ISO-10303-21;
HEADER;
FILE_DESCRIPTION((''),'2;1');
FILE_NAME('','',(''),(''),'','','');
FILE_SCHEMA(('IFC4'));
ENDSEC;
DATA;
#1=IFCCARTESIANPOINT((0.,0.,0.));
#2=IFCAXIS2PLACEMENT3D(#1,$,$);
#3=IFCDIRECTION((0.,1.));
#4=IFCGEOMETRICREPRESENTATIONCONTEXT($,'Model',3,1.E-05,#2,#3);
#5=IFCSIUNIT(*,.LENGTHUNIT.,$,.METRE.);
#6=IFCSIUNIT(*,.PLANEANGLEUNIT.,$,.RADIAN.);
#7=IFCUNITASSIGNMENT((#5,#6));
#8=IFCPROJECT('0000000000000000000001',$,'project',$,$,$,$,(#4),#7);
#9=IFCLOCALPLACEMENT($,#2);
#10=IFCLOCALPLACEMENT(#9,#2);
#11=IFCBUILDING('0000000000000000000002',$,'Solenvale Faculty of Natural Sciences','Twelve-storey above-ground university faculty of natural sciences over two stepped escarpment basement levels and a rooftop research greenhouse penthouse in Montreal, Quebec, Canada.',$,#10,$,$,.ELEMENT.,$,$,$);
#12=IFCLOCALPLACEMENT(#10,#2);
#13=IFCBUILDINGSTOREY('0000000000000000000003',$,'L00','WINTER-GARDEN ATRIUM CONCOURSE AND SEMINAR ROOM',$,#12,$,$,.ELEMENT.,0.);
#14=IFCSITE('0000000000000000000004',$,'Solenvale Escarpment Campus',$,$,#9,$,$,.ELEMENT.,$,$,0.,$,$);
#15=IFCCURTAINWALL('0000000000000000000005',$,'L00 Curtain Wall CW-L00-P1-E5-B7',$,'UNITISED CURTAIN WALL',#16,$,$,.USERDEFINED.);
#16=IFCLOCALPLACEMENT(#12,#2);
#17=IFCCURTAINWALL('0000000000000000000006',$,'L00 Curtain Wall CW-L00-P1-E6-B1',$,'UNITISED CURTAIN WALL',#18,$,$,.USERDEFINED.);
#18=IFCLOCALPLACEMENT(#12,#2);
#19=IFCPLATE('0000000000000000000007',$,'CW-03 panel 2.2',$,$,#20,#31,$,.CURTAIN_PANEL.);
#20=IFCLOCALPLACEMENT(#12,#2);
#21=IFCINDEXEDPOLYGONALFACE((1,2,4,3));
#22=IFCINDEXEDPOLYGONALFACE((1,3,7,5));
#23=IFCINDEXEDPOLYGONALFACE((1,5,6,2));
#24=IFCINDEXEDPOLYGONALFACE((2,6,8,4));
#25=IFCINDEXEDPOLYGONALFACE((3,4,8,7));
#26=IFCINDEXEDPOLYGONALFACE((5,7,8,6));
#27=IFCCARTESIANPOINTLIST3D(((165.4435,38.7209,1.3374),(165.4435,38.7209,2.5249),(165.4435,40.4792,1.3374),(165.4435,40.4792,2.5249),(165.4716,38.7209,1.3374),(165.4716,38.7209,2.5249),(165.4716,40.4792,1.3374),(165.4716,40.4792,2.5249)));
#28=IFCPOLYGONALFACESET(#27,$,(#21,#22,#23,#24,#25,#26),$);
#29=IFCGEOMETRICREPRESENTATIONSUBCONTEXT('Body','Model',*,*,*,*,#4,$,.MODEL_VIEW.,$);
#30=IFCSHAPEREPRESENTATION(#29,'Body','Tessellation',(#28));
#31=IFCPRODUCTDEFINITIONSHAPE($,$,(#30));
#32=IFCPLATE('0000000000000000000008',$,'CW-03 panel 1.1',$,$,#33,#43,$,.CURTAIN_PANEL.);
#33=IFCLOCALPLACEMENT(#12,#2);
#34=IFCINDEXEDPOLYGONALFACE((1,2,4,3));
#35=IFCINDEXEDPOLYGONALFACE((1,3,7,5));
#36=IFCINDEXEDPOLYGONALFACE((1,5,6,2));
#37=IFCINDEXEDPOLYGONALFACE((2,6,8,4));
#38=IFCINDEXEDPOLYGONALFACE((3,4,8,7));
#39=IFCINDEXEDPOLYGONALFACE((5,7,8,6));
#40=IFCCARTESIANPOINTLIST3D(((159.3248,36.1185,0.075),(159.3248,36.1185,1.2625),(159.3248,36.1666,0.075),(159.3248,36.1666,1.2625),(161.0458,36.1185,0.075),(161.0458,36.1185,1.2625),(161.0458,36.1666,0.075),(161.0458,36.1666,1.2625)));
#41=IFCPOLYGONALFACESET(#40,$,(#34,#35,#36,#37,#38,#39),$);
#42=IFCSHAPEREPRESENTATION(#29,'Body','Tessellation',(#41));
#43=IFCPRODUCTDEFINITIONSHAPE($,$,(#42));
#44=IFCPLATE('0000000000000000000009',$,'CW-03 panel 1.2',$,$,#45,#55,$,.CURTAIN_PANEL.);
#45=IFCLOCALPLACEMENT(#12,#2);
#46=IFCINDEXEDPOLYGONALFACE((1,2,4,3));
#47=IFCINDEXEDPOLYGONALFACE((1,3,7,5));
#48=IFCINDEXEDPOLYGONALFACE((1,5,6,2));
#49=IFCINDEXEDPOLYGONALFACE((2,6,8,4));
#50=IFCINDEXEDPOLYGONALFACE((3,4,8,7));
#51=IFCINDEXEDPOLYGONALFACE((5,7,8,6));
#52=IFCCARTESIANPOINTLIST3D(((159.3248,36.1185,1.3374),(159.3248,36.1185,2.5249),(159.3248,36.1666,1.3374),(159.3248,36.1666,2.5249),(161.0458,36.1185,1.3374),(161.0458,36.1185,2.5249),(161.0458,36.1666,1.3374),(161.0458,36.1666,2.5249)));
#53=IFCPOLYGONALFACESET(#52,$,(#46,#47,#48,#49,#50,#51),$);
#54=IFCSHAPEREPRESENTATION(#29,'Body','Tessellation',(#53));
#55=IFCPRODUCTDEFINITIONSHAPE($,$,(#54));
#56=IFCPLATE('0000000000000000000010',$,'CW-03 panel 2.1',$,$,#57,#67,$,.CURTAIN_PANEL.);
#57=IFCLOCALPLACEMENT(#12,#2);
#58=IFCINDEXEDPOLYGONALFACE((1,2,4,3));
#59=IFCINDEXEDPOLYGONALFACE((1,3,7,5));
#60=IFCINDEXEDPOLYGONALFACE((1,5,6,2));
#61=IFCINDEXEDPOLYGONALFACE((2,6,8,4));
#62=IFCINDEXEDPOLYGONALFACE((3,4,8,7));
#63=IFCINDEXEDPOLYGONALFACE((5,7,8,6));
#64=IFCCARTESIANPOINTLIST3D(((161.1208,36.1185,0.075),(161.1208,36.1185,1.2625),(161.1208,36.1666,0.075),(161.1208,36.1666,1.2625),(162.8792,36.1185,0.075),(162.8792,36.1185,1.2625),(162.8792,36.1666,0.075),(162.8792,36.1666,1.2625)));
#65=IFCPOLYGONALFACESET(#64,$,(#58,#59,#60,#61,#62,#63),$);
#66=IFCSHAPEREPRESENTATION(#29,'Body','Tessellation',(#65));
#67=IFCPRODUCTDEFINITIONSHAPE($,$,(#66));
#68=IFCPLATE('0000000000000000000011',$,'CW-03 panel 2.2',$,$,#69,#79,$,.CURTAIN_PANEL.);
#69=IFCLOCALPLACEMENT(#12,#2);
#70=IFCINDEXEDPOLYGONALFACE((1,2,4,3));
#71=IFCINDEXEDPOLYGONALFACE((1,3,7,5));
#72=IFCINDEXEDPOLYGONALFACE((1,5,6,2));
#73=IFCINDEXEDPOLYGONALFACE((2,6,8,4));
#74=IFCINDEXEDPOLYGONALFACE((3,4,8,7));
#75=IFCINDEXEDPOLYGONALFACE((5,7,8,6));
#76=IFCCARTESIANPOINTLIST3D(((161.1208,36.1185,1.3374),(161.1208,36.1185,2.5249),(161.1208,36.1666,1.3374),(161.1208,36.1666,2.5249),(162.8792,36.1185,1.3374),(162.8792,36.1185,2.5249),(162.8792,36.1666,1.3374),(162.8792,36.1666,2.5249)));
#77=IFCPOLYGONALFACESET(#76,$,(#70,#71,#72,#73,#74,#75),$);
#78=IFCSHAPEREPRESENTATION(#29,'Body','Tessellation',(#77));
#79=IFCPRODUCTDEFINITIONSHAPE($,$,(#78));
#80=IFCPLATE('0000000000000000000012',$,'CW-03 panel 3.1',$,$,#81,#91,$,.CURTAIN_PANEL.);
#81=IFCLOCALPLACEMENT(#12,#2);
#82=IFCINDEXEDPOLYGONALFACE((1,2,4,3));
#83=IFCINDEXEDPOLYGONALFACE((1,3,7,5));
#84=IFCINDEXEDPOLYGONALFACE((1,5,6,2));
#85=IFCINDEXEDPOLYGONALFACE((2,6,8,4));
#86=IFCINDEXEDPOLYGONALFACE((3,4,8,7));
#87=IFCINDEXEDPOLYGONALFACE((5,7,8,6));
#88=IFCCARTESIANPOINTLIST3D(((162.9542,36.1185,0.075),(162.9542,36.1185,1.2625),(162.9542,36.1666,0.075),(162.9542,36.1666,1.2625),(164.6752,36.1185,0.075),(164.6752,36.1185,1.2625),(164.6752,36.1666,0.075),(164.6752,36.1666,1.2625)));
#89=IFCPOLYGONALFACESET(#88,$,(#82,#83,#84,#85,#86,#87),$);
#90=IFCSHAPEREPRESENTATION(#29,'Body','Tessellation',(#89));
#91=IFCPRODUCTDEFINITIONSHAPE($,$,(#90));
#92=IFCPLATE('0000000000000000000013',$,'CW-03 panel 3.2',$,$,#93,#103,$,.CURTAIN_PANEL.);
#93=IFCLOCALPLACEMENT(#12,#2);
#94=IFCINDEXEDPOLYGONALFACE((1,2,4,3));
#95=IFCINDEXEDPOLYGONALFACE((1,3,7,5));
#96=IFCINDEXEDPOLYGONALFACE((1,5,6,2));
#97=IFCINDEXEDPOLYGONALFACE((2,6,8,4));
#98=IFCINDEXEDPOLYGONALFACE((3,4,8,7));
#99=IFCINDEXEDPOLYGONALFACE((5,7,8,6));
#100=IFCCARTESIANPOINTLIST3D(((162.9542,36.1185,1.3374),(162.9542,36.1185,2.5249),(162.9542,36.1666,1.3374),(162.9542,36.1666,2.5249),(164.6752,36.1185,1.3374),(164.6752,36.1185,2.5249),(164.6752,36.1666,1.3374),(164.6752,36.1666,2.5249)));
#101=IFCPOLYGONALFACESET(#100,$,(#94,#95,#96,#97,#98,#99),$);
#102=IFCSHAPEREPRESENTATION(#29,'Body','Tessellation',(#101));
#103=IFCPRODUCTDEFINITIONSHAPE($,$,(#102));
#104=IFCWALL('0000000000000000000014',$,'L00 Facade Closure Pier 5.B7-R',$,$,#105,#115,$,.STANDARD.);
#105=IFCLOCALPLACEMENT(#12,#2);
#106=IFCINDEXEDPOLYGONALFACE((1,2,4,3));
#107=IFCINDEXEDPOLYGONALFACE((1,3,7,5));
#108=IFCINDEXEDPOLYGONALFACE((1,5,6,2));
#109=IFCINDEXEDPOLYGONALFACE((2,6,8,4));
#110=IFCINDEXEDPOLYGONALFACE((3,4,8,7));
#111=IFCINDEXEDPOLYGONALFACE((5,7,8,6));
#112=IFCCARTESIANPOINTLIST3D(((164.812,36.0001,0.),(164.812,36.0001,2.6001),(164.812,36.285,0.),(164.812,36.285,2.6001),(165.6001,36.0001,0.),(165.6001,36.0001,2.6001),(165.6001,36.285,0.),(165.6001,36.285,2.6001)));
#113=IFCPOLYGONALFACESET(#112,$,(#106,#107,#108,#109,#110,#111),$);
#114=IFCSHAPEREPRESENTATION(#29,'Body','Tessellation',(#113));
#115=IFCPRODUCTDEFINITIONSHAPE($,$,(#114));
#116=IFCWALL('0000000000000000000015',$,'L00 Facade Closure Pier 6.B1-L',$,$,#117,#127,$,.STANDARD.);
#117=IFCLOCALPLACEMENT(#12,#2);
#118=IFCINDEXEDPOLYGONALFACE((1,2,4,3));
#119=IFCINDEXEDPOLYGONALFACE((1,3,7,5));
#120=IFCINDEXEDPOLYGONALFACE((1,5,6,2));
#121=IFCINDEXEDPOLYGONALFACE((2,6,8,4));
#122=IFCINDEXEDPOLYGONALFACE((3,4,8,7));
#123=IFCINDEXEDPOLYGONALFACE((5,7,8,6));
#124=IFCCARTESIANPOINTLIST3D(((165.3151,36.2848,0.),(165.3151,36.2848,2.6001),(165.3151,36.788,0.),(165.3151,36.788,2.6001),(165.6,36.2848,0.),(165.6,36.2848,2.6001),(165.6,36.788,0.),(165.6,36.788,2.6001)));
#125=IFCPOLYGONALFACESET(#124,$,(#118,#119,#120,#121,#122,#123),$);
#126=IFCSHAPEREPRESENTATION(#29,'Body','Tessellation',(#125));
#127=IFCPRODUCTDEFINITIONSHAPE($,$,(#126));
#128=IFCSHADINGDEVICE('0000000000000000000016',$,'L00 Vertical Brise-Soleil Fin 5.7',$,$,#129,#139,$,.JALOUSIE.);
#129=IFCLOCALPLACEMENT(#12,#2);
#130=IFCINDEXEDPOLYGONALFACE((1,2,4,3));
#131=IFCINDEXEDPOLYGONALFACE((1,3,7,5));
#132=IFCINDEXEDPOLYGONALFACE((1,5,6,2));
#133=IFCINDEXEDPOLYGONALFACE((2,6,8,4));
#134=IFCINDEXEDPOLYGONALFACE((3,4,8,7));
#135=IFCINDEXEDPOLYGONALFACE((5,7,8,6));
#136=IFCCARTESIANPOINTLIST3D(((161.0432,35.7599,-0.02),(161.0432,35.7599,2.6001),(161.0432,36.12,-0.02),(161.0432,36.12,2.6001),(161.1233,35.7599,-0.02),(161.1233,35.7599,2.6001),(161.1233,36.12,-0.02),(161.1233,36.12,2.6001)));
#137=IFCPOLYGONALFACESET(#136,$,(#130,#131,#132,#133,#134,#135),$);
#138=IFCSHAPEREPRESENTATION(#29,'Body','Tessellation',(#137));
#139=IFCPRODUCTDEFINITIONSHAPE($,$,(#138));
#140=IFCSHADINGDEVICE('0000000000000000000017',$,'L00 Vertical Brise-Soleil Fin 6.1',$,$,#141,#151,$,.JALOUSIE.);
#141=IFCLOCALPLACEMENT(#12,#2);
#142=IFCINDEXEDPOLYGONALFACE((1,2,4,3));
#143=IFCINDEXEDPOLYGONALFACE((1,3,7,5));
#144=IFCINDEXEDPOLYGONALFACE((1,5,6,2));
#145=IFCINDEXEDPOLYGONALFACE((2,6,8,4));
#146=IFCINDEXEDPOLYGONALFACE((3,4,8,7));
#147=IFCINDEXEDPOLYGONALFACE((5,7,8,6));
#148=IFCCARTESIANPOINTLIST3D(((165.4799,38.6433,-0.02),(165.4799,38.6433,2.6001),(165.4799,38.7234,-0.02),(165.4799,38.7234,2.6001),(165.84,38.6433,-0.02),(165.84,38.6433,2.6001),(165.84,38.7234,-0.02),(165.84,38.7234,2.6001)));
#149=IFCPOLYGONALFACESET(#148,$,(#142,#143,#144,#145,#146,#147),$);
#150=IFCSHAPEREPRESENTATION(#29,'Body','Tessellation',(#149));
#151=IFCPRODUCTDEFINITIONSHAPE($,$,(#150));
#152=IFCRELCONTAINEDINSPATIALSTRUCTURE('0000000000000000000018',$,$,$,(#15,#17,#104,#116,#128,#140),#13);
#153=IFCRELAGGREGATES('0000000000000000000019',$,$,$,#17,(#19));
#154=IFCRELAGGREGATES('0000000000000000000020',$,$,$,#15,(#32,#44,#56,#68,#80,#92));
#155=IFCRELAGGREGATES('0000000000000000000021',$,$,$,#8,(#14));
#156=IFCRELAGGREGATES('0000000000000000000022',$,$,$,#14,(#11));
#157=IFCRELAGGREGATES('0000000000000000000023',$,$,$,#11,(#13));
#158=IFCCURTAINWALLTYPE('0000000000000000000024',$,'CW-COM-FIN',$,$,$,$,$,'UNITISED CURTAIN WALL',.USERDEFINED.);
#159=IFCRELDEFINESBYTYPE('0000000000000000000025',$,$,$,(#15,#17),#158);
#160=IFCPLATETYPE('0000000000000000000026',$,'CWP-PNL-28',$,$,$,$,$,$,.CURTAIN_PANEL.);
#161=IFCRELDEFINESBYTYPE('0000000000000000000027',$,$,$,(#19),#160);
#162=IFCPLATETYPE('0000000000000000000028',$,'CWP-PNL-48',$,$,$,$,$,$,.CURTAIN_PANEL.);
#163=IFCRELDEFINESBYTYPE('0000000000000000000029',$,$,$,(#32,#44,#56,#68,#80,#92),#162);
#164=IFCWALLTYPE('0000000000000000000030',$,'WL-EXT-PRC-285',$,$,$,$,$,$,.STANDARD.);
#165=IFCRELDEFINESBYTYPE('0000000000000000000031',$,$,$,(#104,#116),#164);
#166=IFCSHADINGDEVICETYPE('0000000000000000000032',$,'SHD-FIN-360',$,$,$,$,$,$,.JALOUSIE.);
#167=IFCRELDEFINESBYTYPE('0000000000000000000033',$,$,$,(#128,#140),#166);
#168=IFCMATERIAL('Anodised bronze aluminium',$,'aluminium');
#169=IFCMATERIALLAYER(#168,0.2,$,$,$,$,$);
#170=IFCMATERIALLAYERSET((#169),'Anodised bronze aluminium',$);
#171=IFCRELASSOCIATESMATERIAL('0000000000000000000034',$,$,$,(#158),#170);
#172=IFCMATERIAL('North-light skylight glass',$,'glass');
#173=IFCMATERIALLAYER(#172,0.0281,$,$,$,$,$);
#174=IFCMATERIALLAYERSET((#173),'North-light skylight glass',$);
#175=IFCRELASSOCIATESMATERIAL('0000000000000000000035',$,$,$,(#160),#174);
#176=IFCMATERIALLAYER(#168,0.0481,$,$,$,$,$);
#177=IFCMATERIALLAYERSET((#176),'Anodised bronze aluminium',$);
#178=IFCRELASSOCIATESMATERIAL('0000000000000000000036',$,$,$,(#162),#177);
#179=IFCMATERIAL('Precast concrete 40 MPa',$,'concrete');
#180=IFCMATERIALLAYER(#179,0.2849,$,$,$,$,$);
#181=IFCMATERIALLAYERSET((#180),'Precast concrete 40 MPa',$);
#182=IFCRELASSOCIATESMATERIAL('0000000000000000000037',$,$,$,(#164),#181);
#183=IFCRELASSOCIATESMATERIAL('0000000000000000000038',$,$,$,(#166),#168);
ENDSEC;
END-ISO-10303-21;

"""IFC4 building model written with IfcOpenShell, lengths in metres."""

from ifc_helpers import new_model, si_unit, direction, frame, frame_2d, origin, origin_2d, place, context, subcontext, project, spatial, rectangle, extrude, material, layer, layer_set, material_profile, profile_set, type_object, element, aggregate, save


model = new_model("IFC4")

# Units and contexts
model_context = context("Model", 3, precision=1e-05, world=origin(), true_north=direction((0.0, 1.0)))
body_context = subcontext(model_context, "Body", "Model", "MODEL_VIEW")
ifc_project = project(units=[si_unit("LENGTHUNIT", "METRE"), si_unit("PLANEANGLEUNIT", "RADIAN")], contexts=[model_context])

# Site, building, storey
site_placement = place(None, origin())
site = spatial("IfcSite", under=ifc_project, at=site_placement, Name="Solenvale Escarpment Campus", CompositionType="ELEMENT", RefElevation=0.0)
building_placement = place(site_placement, origin())
building = spatial("IfcBuilding", under=site, at=building_placement, Name="Solenvale Faculty of Natural Sciences", Description="Twelve-storey above-ground university faculty of natural sciences over two stepped escarpment basement levels and a rooftop research greenhouse penthouse in Montreal, Quebec, Canada.", CompositionType="ELEMENT")
storey_placement = place(building_placement, origin())
storey = spatial("IfcBuildingStorey", under=building, at=storey_placement, Name="L00", Description="WINTER-GARDEN ATRIUM CONCOURSE AND SEMINAR ROOM", CompositionType="ELEMENT", Elevation=0.0)

# Curtain walls
ifc_material_1 = material(Name="Anodised bronze aluminium", Category="aluminium")
ifc_layer_1 = layer(ifc_material_1, 0.2)
ifc_layer_set_1 = layer_set([ifc_layer_1], Name="Anodised bronze aluminium")
curtain_wall_type = type_object("IfcCurtainWallType", Name="CW-COM-FIN", ElementType="UNITISED CURTAIN WALL", PredefinedType="USERDEFINED", material=ifc_layer_set_1)
curtain_wall_1_placement = place(storey_placement, origin())
curtain_wall_1 = element("IfcCurtainWall", 1, at=curtain_wall_1_placement, inside=storey, type_object=curtain_wall_type, Name="L00 Curtain Wall CW-L00-P1-E5-B7", ObjectType="UNITISED CURTAIN WALL", PredefinedType="USERDEFINED")
curtain_wall_2_placement = place(storey_placement, origin())
curtain_wall_2 = element("IfcCurtainWall", 2, at=curtain_wall_2_placement, inside=storey, type_object=curtain_wall_type, Name="L00 Curtain Wall CW-L00-P1-E6-B1", ObjectType="UNITISED CURTAIN WALL", PredefinedType="USERDEFINED")

# Plates
ifc_material_2 = material(Name="North-light skylight glass", Category="glass")
ifc_layer_2 = layer(ifc_material_2, 0.0281)
ifc_layer_set_2 = layer_set([ifc_layer_2], Name="North-light skylight glass")
plate_type_1 = type_object("IfcPlateType", Name="CWP-PNL-28", PredefinedType="CURTAIN_PANEL", material=ifc_layer_set_2)
plate_1_placement = place(storey_placement, frame((165.4575, 39.6001, 1.3374), z_axis=(0.0, 0.0, 1.0), x_axis=(0.0, 1.0, 0.0)))
plate_1 = element("IfcPlate", 3, at=plate_1_placement, type_object=plate_type_1, Name="CW-03 panel 2.2", PredefinedType="CURTAIN_PANEL", context=body_context, shape_type="SweptSolid", body=[
    extrude(rectangle(XDim=1.7583, YDim=0.0281, at=origin_2d()), origin(), (0.0, 0.0, 1.0), 1.1875),
])
aggregate(curtain_wall_2, [plate_1])
ifc_layer_3 = layer(ifc_material_1, 0.0481)
ifc_layer_set_3 = layer_set([ifc_layer_3], Name="Anodised bronze aluminium")
plate_type_2 = type_object("IfcPlateType", Name="CWP-PNL-48", PredefinedType="CURTAIN_PANEL", material=ifc_layer_set_3)
plate_2_placement = place(storey_placement, frame((160.1853, 36.1426, 0.075), z_axis=(0.0, 0.0, 1.0), x_axis=(1.0, 0.0, 0.0)))
plate_2 = element("IfcPlate", 4, at=plate_2_placement, type_object=plate_type_2, Name="CW-03 panel 1.1", PredefinedType="CURTAIN_PANEL", context=body_context, shape_type="SweptSolid", body=[
    extrude(rectangle(XDim=1.7209, YDim=0.0481, at=origin_2d()), origin(), (0.0, 0.0, 1.0), 1.1875),
])
plate_3_placement = place(storey_placement, frame((160.1853, 36.1426, 1.3374), z_axis=(0.0, 0.0, 1.0), x_axis=(1.0, 0.0, 0.0)))
plate_3 = element("IfcPlate", 5, at=plate_3_placement, type_object=plate_type_2, Name="CW-03 panel 1.2", PredefinedType="CURTAIN_PANEL", context=body_context, shape_type="SweptSolid", body=[
    extrude(rectangle(XDim=1.7209, YDim=0.0481, at=origin_2d()), origin(), (0.0, 0.0, 1.0), 1.1875),
])
plate_4_placement = place(storey_placement, frame((162.0, 36.1426, 0.075), z_axis=(0.0, 0.0, 1.0), x_axis=(1.0, 0.0, 0.0)))
plate_4 = element("IfcPlate", 6, at=plate_4_placement, type_object=plate_type_2, Name="CW-03 panel 2.1", PredefinedType="CURTAIN_PANEL", context=body_context, shape_type="SweptSolid", body=[
    extrude(rectangle(XDim=1.7583, YDim=0.0481, at=origin_2d()), origin(), (0.0, 0.0, 1.0), 1.1875),
])
plate_5_placement = place(storey_placement, frame((162.0, 36.1426, 1.3374), z_axis=(0.0, 0.0, 1.0), x_axis=(1.0, 0.0, 0.0)))
plate_5 = element("IfcPlate", 7, at=plate_5_placement, type_object=plate_type_2, Name="CW-03 panel 2.2", PredefinedType="CURTAIN_PANEL", context=body_context, shape_type="SweptSolid", body=[
    extrude(rectangle(XDim=1.7583, YDim=0.0481, at=origin_2d()), origin(), (0.0, 0.0, 1.0), 1.1875),
])
plate_6_placement = place(storey_placement, frame((163.8147, 36.1426, 0.075), z_axis=(0.0, 0.0, 1.0), x_axis=(1.0, 0.0, 0.0)))
plate_6 = element("IfcPlate", 8, at=plate_6_placement, type_object=plate_type_2, Name="CW-03 panel 3.1", PredefinedType="CURTAIN_PANEL", context=body_context, shape_type="SweptSolid", body=[
    extrude(rectangle(XDim=1.7209, YDim=0.0481, at=origin_2d()), origin(), (0.0, 0.0, 1.0), 1.1875),
])
plate_7_placement = place(storey_placement, frame((163.8147, 36.1426, 1.3374), z_axis=(0.0, 0.0, 1.0), x_axis=(1.0, 0.0, 0.0)))
plate_7 = element("IfcPlate", 9, at=plate_7_placement, type_object=plate_type_2, Name="CW-03 panel 3.2", PredefinedType="CURTAIN_PANEL", context=body_context, shape_type="SweptSolid", body=[
    extrude(rectangle(XDim=1.7209, YDim=0.0481, at=origin_2d()), origin(), (0.0, 0.0, 1.0), 1.1875),
])
aggregate(curtain_wall_1, [plate_2, plate_3, plate_4, plate_5, plate_6, plate_7])

# Walls
ifc_material_3 = material(Name="Precast concrete 40 MPa", Category="concrete")
ifc_layer_4 = layer(ifc_material_3, 0.2849)
ifc_layer_set_4 = layer_set([ifc_layer_4], Name="Precast concrete 40 MPa")
wall_type = type_object("IfcWallType", Name="WL-EXT-PRC-285", PredefinedType="STANDARD", material=ifc_layer_set_4)
wall_1_placement = place(storey_placement, frame((164.812, 36.1426, 0.0), z_axis=(0.0, 0.0, 1.0), x_axis=(1.0, 0.0, 0.0)))
element("IfcWall", 10, at=wall_1_placement, inside=storey, type_object=wall_type, Name="L00 Facade Closure Pier 5.B7-R", PredefinedType="STANDARD", context=body_context, shape_type="SweptSolid", body=[
    extrude(rectangle(XDim=0.7881, YDim=0.2849, at=frame_2d((0.394, 0.0))), origin(), (0.0, 0.0, 1.0), 2.6001),
])
wall_2_placement = place(storey_placement, frame((165.4575, 36.2849, 0.0), z_axis=(0.0, 0.0, 1.0), x_axis=(0.0, 1.0, 0.0)))
element("IfcWall", 11, at=wall_2_placement, inside=storey, type_object=wall_type, Name="L00 Facade Closure Pier 6.B1-L", PredefinedType="STANDARD", context=body_context, shape_type="SweptSolid", body=[
    extrude(rectangle(XDim=0.5032, YDim=0.2849, at=frame_2d((0.2515, 0.0))), origin(), (0.0, 0.0, 1.0), 2.6001),
])

# Shading devices
ifc_material_profile_1 = material_profile(ifc_material_1, rectangle(XDim=0.0801, YDim=0.3601, at=origin_2d()), Name="ALU-FIN-80x360")
ifc_profile_set_1 = profile_set([ifc_material_profile_1], Name="Anodised bronze aluminium")
shading_device_type = type_object("IfcShadingDeviceType", Name="SHD-FIN-360", PredefinedType="JALOUSIE", material=ifc_profile_set_1)
for number, where, z_axis, x_axis, name in (
    (12, (161.0833, 35.9399, -0.02), (0.0, 0.0, 1.0), (1.0, 0.0, 0.0), "L00 Vertical Brise-Soleil Fin 5.7"),
    (13, (165.6599, 38.6833, -0.02), (0.0, 0.0, 1.0), (0.0, 1.0, 0.0), "L00 Vertical Brise-Soleil Fin 6.1"),
):
    element("IfcShadingDevice", number, at=place(storey_placement, frame(where, z_axis=z_axis, x_axis=x_axis)), inside=storey, type_object=shading_device_type, Name=name, PredefinedType="JALOUSIE", context=body_context, shape_type="SweptSolid", body=[
        extrude(rectangle(XDim=0.0801, YDim=0.3601, at=origin_2d()), origin(), (0.0, 0.0, 1.0), 2.6201),
    ])

save(model, "model.ifc")
